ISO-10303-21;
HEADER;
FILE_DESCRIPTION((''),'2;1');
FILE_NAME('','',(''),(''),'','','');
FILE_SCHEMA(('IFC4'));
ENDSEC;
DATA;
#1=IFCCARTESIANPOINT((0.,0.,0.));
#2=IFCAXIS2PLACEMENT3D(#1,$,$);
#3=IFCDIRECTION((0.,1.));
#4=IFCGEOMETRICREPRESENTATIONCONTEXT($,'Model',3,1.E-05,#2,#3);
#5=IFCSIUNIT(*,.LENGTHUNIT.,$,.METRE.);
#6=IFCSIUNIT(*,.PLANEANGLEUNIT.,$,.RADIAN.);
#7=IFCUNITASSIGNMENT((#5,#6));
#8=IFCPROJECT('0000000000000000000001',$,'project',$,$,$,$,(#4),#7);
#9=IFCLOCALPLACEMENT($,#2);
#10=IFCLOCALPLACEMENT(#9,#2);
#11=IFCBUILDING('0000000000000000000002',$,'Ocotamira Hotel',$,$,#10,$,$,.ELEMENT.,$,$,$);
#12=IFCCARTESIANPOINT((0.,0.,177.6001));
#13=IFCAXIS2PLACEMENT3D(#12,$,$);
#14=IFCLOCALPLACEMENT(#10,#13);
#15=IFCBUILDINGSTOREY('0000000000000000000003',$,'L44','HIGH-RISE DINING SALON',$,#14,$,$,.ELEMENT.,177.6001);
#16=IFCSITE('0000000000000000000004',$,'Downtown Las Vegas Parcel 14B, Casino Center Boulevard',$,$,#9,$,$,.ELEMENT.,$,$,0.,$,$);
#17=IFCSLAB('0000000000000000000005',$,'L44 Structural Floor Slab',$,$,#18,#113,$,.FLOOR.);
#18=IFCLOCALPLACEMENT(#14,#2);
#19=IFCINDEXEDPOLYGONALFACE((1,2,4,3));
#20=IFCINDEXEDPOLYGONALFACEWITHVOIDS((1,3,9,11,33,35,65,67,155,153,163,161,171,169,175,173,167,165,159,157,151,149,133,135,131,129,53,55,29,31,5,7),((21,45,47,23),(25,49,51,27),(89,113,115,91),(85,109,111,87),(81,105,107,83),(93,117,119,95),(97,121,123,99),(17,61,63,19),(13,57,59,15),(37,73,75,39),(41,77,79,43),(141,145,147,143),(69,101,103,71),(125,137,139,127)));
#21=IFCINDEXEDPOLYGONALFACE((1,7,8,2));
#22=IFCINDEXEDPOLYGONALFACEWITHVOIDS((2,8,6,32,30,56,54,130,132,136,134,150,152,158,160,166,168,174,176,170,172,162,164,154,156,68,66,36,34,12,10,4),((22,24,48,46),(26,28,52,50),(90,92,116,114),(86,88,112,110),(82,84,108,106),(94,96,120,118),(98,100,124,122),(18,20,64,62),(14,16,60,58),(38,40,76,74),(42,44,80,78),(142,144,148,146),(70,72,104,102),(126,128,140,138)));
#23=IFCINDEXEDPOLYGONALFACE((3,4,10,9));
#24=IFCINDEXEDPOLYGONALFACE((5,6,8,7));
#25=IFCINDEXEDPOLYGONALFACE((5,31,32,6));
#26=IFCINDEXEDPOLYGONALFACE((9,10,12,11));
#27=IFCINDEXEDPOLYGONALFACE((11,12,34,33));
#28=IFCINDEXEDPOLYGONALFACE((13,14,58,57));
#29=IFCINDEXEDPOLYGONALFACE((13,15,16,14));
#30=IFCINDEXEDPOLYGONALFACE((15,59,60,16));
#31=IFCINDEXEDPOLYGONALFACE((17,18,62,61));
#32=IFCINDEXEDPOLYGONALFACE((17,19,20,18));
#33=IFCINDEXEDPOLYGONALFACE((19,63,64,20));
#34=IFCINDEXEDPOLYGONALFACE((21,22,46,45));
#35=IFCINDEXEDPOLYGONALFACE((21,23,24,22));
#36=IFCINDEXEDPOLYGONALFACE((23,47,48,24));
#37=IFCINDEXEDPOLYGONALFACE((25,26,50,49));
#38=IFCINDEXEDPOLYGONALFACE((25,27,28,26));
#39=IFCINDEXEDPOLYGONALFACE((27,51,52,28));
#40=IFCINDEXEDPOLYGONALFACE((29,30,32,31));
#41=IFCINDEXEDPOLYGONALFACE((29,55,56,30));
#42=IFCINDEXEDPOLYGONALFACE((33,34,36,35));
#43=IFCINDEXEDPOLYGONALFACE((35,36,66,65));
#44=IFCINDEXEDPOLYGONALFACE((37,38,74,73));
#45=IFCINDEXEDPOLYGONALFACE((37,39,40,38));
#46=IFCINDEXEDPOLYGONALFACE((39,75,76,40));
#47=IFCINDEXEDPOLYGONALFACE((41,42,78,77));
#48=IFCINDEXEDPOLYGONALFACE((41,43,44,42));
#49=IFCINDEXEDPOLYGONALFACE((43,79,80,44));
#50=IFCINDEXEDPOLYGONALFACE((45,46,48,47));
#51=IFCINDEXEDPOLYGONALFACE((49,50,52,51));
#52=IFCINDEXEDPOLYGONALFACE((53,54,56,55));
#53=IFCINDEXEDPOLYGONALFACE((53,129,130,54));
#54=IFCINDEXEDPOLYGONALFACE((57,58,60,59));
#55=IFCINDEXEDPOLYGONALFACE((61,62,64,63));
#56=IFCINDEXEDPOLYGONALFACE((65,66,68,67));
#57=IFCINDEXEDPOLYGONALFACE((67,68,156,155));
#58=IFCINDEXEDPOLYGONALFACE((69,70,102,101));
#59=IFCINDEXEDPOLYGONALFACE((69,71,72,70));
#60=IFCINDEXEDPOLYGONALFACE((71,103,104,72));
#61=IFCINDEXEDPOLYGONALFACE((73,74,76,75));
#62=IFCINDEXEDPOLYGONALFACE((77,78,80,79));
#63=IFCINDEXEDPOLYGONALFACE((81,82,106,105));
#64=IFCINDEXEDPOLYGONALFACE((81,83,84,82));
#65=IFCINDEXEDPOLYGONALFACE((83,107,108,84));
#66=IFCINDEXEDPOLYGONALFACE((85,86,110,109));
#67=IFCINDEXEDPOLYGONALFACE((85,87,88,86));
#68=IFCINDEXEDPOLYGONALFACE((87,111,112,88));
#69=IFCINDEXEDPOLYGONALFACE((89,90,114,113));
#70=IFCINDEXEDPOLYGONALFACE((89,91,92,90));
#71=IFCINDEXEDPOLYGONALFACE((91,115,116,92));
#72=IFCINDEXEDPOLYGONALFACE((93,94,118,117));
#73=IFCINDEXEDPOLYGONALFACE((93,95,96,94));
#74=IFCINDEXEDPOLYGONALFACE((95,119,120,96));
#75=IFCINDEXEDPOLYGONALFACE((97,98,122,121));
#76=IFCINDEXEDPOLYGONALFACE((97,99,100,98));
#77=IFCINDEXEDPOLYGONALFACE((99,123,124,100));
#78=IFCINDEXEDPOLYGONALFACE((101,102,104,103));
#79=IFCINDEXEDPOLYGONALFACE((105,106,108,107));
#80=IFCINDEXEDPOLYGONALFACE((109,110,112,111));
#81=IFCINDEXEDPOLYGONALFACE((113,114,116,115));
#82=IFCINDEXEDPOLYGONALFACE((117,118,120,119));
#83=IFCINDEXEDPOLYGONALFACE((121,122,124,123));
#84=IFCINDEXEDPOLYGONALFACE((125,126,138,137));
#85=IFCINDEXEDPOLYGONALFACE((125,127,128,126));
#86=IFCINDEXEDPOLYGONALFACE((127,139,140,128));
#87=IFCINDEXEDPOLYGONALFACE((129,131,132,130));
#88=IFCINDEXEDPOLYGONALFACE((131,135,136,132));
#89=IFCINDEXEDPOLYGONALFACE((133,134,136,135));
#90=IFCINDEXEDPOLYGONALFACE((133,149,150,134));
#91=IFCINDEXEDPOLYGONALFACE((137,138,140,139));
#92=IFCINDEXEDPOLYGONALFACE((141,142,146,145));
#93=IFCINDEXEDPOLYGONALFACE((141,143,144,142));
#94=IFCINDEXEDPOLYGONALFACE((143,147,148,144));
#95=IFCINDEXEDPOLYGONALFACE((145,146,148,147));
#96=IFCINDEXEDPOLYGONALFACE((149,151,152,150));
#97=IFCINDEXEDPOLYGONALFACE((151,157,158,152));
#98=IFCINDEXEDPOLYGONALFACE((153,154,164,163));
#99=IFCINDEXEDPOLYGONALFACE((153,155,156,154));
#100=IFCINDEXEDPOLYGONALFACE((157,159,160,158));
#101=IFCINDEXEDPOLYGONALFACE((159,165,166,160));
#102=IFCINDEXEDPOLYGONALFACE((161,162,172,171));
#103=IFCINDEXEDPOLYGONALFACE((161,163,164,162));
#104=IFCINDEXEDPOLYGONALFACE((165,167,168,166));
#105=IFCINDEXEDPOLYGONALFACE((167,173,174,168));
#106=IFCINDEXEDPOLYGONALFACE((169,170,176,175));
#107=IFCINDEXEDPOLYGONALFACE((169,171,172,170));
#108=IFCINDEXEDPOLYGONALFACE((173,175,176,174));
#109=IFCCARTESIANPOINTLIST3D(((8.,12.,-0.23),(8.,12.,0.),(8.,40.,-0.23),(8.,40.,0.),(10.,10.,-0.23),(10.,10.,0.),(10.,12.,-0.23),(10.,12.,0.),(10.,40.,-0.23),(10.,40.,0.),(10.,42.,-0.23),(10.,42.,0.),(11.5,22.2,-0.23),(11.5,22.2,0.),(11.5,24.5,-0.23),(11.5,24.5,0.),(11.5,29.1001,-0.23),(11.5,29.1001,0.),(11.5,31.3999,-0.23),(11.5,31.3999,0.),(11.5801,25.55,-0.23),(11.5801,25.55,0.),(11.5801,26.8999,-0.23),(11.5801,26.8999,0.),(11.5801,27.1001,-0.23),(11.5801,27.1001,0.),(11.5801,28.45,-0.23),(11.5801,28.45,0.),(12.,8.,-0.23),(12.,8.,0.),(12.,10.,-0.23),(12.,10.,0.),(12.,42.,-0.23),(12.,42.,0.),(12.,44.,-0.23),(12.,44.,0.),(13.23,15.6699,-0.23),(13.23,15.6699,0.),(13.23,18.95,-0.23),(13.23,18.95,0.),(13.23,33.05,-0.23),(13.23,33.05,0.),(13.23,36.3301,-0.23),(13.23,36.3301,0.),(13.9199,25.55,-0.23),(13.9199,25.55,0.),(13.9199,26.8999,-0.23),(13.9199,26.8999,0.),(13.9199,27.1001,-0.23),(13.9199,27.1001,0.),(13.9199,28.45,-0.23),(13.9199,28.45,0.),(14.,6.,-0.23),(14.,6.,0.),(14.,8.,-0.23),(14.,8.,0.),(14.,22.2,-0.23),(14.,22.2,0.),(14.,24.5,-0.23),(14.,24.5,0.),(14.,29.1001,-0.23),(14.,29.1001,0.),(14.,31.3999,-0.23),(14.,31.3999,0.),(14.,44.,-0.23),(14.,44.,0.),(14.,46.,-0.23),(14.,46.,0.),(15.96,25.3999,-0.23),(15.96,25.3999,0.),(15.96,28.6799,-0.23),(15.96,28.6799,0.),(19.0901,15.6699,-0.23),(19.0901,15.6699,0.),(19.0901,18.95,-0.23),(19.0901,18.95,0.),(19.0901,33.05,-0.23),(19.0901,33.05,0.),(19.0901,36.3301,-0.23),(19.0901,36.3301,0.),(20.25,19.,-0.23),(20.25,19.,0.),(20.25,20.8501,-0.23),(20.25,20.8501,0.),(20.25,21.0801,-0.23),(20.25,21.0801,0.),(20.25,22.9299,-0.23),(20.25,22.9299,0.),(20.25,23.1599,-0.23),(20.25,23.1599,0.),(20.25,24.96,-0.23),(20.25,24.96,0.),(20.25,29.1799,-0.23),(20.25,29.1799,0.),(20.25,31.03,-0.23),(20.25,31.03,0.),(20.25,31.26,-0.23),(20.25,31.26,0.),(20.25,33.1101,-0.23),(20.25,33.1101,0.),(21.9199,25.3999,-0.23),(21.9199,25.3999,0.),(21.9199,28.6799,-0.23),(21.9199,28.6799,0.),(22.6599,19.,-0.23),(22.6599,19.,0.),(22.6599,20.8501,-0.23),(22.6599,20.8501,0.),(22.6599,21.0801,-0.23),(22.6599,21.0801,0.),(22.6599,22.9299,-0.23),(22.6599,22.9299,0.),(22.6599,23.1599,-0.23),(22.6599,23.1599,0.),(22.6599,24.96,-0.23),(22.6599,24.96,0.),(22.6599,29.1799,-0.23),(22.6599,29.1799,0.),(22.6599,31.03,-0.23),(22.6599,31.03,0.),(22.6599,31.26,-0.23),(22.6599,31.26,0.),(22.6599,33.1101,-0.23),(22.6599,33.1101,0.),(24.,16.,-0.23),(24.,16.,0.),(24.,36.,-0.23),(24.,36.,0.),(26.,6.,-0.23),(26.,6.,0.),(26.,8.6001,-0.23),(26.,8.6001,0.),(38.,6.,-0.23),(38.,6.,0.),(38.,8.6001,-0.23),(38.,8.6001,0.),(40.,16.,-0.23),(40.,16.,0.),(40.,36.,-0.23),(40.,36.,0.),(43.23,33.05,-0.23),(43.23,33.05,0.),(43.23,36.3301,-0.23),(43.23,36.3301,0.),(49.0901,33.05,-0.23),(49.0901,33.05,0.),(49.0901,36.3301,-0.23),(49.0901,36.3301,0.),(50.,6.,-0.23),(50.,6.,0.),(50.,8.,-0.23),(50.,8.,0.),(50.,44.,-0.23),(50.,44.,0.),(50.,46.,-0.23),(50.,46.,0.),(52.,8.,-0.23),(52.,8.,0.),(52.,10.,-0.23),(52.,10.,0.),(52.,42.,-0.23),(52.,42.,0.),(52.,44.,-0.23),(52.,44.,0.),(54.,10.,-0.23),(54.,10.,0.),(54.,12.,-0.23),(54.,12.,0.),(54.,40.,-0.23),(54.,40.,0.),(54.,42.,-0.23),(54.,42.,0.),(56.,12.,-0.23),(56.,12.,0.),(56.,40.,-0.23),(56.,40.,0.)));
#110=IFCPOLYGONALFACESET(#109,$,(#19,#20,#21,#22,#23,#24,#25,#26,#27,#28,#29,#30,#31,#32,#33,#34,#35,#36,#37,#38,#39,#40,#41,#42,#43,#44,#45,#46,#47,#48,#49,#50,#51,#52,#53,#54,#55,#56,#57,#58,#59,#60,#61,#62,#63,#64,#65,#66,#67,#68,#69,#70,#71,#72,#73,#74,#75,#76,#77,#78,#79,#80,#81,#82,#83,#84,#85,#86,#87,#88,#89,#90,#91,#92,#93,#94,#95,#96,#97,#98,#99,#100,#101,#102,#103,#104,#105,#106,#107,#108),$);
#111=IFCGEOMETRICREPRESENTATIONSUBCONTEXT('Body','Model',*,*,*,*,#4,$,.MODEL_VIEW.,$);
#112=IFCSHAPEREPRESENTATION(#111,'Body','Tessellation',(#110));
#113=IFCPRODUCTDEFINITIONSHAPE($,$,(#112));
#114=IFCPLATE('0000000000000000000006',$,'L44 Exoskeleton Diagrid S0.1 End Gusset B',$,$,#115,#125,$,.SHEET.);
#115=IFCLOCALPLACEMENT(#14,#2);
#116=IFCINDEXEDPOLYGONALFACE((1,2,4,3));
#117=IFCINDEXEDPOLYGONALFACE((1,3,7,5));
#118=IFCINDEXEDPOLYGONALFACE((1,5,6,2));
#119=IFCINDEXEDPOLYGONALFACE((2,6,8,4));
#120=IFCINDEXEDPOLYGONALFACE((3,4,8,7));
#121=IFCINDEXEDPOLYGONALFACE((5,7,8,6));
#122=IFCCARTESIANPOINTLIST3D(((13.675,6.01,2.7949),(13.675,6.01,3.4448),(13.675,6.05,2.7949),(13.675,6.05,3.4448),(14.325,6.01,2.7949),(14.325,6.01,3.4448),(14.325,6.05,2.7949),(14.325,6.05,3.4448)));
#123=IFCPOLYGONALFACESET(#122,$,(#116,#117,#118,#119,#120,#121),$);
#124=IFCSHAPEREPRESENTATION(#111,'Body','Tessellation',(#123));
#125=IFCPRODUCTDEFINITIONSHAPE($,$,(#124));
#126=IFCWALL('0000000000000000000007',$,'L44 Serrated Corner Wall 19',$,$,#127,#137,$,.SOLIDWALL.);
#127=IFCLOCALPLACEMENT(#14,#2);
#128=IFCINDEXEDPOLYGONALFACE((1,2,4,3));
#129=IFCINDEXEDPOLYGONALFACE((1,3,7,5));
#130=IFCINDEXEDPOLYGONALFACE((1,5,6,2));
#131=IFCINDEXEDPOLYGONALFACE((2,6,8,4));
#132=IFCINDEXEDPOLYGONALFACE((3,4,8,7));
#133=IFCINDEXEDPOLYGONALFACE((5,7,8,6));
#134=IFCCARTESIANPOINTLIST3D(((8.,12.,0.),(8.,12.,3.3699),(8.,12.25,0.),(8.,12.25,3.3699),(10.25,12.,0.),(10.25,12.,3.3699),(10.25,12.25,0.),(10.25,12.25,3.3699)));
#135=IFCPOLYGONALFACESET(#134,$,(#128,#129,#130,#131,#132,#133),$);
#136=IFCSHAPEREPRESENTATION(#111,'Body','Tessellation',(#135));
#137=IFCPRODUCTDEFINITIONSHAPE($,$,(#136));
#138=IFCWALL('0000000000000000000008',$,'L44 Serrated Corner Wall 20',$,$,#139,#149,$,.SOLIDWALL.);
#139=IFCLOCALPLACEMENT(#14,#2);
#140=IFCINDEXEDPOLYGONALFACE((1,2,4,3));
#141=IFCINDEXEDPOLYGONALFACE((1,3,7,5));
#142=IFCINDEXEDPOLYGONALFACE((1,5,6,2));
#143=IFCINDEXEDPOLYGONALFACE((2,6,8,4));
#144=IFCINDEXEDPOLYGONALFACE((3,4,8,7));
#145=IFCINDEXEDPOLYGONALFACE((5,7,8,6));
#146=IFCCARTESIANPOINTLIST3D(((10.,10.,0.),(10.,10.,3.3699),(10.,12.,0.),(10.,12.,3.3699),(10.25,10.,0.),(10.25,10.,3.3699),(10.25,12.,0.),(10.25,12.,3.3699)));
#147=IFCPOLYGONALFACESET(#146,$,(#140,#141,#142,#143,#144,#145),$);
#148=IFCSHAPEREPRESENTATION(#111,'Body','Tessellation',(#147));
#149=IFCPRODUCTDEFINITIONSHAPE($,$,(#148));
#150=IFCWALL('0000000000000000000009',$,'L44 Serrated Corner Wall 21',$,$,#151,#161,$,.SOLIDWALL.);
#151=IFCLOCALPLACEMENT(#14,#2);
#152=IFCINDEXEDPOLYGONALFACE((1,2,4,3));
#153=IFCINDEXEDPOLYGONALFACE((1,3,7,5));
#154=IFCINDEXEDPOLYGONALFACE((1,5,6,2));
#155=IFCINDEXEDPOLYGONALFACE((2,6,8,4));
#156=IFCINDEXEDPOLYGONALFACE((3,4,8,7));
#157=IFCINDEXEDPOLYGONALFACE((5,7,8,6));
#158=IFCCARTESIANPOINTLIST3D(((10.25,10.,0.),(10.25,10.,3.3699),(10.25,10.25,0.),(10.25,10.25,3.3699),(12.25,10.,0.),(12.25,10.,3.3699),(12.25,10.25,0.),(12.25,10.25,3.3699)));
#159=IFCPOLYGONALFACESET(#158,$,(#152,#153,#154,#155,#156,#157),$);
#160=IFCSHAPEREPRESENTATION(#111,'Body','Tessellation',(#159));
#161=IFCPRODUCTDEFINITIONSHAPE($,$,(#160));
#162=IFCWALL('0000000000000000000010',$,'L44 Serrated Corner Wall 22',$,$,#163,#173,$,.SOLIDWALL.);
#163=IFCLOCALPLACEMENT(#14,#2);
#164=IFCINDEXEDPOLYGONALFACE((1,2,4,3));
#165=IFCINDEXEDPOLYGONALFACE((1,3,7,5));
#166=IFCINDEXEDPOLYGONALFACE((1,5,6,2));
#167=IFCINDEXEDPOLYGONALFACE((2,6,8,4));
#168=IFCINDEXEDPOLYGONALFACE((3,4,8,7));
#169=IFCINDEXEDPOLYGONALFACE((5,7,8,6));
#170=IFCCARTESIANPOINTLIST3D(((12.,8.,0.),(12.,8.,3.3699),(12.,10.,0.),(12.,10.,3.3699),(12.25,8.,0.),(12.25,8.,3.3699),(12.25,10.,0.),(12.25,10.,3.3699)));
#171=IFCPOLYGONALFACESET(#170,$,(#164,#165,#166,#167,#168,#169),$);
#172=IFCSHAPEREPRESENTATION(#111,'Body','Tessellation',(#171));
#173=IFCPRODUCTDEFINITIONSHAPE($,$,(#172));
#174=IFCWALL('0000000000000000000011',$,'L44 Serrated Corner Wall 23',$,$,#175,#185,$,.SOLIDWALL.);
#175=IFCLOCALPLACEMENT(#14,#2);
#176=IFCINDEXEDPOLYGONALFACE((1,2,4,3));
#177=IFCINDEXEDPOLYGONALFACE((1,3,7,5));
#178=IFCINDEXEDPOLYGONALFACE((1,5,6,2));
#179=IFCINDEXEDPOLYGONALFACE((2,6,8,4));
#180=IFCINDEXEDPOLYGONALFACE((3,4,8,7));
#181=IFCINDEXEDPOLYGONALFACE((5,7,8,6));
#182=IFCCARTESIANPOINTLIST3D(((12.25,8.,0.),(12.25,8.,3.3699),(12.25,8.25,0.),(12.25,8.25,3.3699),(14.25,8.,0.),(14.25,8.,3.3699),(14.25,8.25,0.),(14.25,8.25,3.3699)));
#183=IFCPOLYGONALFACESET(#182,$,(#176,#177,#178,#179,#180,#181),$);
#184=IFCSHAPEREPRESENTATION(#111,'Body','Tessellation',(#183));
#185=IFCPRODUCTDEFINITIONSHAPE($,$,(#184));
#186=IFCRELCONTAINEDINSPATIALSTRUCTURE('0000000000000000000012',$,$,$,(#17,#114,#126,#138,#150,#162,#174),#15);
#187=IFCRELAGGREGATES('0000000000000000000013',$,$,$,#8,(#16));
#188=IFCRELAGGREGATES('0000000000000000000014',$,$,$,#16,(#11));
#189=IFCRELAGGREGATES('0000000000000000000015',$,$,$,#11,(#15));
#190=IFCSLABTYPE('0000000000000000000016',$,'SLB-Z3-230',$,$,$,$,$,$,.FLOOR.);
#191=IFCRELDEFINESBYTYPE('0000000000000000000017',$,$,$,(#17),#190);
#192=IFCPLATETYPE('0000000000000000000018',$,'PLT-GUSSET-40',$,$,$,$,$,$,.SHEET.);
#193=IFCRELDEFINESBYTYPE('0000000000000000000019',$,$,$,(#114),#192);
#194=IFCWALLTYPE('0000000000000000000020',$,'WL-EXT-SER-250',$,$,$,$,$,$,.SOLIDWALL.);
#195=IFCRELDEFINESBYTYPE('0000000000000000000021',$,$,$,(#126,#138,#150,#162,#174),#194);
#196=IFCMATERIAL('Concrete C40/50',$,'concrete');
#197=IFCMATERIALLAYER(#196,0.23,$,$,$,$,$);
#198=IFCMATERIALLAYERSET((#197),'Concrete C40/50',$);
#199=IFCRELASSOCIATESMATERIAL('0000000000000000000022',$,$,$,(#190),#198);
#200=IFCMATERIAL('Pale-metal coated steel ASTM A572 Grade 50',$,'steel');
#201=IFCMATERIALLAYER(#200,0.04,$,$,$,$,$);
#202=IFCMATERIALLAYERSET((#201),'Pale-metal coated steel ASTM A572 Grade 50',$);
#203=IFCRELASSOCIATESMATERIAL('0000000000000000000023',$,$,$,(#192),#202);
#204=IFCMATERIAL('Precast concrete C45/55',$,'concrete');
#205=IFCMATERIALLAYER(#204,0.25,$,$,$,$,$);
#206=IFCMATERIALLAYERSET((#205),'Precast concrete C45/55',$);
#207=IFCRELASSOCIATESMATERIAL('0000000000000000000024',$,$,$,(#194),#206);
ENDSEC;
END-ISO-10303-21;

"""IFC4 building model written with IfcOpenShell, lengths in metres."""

from ifc_helpers import new_model, si_unit, direction, frame, frame_2d, origin, origin_2d, place, context, subcontext, project, spatial, polyline, rectangle, outline, extrude, source, transform, mapped, material, layer, layer_set, type_object, element, save


model = new_model("IFC4")

# Units and contexts
model_context = context("Model", 3, precision=1e-05, world=origin(), true_north=direction((0.0, 1.0)))
body_context = subcontext(model_context, "Body", "Model", "MODEL_VIEW")
ifc_project = project(units=[si_unit("LENGTHUNIT", "METRE"), si_unit("PLANEANGLEUNIT", "RADIAN")], contexts=[model_context])

# Site, building, storey
site_placement = place(None, origin())
site = spatial("IfcSite", under=ifc_project, at=site_placement, Name="Downtown Las Vegas Parcel 14B, Casino Center Boulevard", CompositionType="ELEMENT", RefElevation=0.0)
building_placement = place(site_placement, origin())
building = spatial("IfcBuilding", under=site, at=building_placement, Name="Ocotamira Hotel", CompositionType="ELEMENT")
storey_placement = place(building_placement, frame((0.0, 0.0, 177.6001)))
storey = spatial("IfcBuildingStorey", under=building, at=storey_placement, Name="L44", Description="HIGH-RISE DINING SALON", CompositionType="ELEMENT", Elevation=177.6001)

# Shared definitions
ifc_material_1 = material(Name="Concrete C40/50", Category="concrete")

# Slab
ifc_layer_1 = layer(ifc_material_1, 0.23)
ifc_layer_set_1 = layer_set([ifc_layer_1], Name="Concrete C40/50")
slab_type_1 = type_object("IfcSlabType", Name="SLB-Z3-230", PredefinedType="FLOOR", material=ifc_layer_set_1)
slab_1_placement = place(storey_placement, frame((0.0, 0.0, -0.23)))
element("IfcSlab", 1, at=slab_1_placement, inside=storey, type_object=slab_type_1, Name="L44 Structural Floor Slab", PredefinedType="FLOOR", context=body_context, shape_type="SweptSolid", body=[
    extrude(outline(polyline([(14.0, 6.0), (14.0, 8.0), (12.0, 8.0), (12.0, 10.0), (10.0, 10.0), (10.0, 12.0), (8.0, 12.0), (8.0, 40.0), (10.0, 40.0), (10.0, 42.0), (12.0, 42.0), (12.0, 44.0), (14.0, 44.0), (14.0, 46.0), (50.0, 46.0), (50.0, 44.0), (52.0, 44.0), (52.0, 42.0), (54.0, 42.0), (54.0, 40.0), (56.0, 40.0), (56.0, 12.0), (54.0, 12.0), (54.0, 10.0), (52.0, 10.0), (52.0, 8.0), (50.0, 8.0), (50.0, 6.0), (38.0, 6.0), (38.0, 8.6001), (26.0, 8.6001), (26.0, 6.0), (14.0, 6.0)]), holes=[polyline([(24.0, 16.0), (40.0, 16.0), (40.0, 36.0), (24.0, 36.0), (24.0, 16.0)]), polyline([(13.23, 15.6699), (19.0901, 15.6699), (19.0901, 18.95), (13.23, 18.95), (13.23, 15.6699)]), polyline([(13.23, 33.05), (19.0901, 33.05), (19.0901, 36.3301), (13.23, 36.3301), (13.23, 33.05)]), polyline([(15.96, 25.3999), (21.9199, 25.3999), (21.9199, 28.6799), (15.96, 28.6799), (15.96, 25.3999)]), polyline([(43.23, 33.05), (49.0901, 33.05), (49.0901, 36.3301), (43.23, 36.3301), (43.23, 33.05)]), polyline([(20.25, 19.0), (22.6599, 19.0), (22.6599, 20.8501), (20.25, 20.8501), (20.25, 19.0)]), polyline([(20.25, 21.0801), (22.6599, 21.0801), (22.6599, 22.9299), (20.25, 22.9299), (20.25, 21.0801)]), polyline([(20.25, 23.1599), (22.6599, 23.1599), (22.6599, 24.96), (20.25, 24.96), (20.25, 23.1599)]), polyline([(20.25, 29.1799), (22.6599, 29.1799), (22.6599, 31.03), (20.25, 31.03), (20.25, 29.1799)]), polyline([(20.25, 31.26), (22.6599, 31.26), (22.6599, 33.1101), (20.25, 33.1101), (20.25, 31.26)]), polyline([(11.5, 22.2), (14.0, 22.2), (14.0, 24.5), (11.5, 24.5), (11.5, 22.2)]), polyline([(11.5, 29.1001), (14.0, 29.1001), (14.0, 31.3999), (11.5, 31.3999), (11.5, 29.1001)]), polyline([(11.5801, 25.55), (13.9199, 25.55), (13.9199, 26.8999), (11.5801, 26.8999), (11.5801, 25.55)]), polyline([(11.5801, 27.1001), (13.9199, 27.1001), (13.9199, 28.45), (11.5801, 28.45), (11.5801, 27.1001)])]), origin(), (0.0, 0.0, 1.0), 0.23),
])

# Plate
ifc_material_2 = material(Name="Pale-metal coated steel ASTM A572 Grade 50", Category="steel")
ifc_layer_2 = layer(ifc_material_2, 0.04)
ifc_layer_set_2 = layer_set([ifc_layer_2], Name="Pale-metal coated steel ASTM A572 Grade 50")
plate_type = type_object("IfcPlateType", Name="PLT-GUSSET-40", PredefinedType="SHEET", material=ifc_layer_set_2)
shared_shape_1 = source(origin(), body_context, "Body", "SweptSolid", [
    extrude(rectangle(XDim=0.6499, YDim=0.04, at=origin_2d()), origin(), (0.0, 0.0, 1.0), 0.6499),
])
plate_placement = place(storey_placement, frame((14.0, 6.03, 2.7949), z_axis=(0.0, 0.0, 1.0), x_axis=(-1.0, 0.0, 0.0)))
element("IfcPlate", 2, at=plate_placement, inside=storey, type_object=plate_type, Name="L44 Exoskeleton Diagrid S0.1 End Gusset B", PredefinedType="SHEET", context=body_context, shape_type="MappedRepresentation", body=[
    mapped(shared_shape_1, transform((0.0, 0.0, 0.0), scale=1.0)),
])

# Walls
ifc_material_3 = material(Name="Precast concrete C45/55", Category="concrete")
ifc_layer_3 = layer(ifc_material_3, 0.25)
ifc_layer_set_3 = layer_set([ifc_layer_3], Name="Precast concrete C45/55")
wall_type_1 = type_object("IfcWallType", Name="WL-EXT-SER-250", PredefinedType="SOLIDWALL", material=ifc_layer_set_3)
wall_1_placement = place(storey_placement, frame((8.0, 12.125, 0.0), z_axis=(0.0, 0.0, 1.0), x_axis=(1.0, 0.0, 0.0)))
element("IfcWall", 3, at=wall_1_placement, inside=storey, type_object=wall_type_1, Name="L44 Serrated Corner Wall 19", PredefinedType="SOLIDWALL", context=body_context, shape_type="SweptSolid", body=[
    extrude(rectangle(XDim=2.25, YDim=0.25, at=frame_2d((1.125, 0.0))), origin(), (0.0, 0.0, 1.0), 3.3699),
])
for number, where, z_axis, x_axis, name in (
    (4, (10.125, 12.0, 0.0), (0.0, 0.0, 1.0), (0.0, -1.0, 0.0), "L44 Serrated Corner Wall 20"),
    (5, (10.25, 10.125, 0.0), (0.0, 0.0, 1.0), (1.0, 0.0, 0.0), "L44 Serrated Corner Wall 21"),
    (6, (12.125, 10.0, 0.0), (0.0, 0.0, 1.0), (0.0, -1.0, 0.0), "L44 Serrated Corner Wall 22"),
    (7, (12.25, 8.125, 0.0), (0.0, 0.0, 1.0), (1.0, 0.0, 0.0), "L44 Serrated Corner Wall 23"),
):
    element("IfcWall", number, at=place(storey_placement, frame(where, z_axis=z_axis, x_axis=x_axis)), inside=storey, type_object=wall_type_1, Name=name, PredefinedType="SOLIDWALL", context=body_context, shape_type="SweptSolid", body=[
        extrude(rectangle(XDim=2.0, YDim=0.25, at=frame_2d((1.0, 0.0))), origin(), (0.0, 0.0, 1.0), 3.3699),
    ])

save(model, "model.ifc")
